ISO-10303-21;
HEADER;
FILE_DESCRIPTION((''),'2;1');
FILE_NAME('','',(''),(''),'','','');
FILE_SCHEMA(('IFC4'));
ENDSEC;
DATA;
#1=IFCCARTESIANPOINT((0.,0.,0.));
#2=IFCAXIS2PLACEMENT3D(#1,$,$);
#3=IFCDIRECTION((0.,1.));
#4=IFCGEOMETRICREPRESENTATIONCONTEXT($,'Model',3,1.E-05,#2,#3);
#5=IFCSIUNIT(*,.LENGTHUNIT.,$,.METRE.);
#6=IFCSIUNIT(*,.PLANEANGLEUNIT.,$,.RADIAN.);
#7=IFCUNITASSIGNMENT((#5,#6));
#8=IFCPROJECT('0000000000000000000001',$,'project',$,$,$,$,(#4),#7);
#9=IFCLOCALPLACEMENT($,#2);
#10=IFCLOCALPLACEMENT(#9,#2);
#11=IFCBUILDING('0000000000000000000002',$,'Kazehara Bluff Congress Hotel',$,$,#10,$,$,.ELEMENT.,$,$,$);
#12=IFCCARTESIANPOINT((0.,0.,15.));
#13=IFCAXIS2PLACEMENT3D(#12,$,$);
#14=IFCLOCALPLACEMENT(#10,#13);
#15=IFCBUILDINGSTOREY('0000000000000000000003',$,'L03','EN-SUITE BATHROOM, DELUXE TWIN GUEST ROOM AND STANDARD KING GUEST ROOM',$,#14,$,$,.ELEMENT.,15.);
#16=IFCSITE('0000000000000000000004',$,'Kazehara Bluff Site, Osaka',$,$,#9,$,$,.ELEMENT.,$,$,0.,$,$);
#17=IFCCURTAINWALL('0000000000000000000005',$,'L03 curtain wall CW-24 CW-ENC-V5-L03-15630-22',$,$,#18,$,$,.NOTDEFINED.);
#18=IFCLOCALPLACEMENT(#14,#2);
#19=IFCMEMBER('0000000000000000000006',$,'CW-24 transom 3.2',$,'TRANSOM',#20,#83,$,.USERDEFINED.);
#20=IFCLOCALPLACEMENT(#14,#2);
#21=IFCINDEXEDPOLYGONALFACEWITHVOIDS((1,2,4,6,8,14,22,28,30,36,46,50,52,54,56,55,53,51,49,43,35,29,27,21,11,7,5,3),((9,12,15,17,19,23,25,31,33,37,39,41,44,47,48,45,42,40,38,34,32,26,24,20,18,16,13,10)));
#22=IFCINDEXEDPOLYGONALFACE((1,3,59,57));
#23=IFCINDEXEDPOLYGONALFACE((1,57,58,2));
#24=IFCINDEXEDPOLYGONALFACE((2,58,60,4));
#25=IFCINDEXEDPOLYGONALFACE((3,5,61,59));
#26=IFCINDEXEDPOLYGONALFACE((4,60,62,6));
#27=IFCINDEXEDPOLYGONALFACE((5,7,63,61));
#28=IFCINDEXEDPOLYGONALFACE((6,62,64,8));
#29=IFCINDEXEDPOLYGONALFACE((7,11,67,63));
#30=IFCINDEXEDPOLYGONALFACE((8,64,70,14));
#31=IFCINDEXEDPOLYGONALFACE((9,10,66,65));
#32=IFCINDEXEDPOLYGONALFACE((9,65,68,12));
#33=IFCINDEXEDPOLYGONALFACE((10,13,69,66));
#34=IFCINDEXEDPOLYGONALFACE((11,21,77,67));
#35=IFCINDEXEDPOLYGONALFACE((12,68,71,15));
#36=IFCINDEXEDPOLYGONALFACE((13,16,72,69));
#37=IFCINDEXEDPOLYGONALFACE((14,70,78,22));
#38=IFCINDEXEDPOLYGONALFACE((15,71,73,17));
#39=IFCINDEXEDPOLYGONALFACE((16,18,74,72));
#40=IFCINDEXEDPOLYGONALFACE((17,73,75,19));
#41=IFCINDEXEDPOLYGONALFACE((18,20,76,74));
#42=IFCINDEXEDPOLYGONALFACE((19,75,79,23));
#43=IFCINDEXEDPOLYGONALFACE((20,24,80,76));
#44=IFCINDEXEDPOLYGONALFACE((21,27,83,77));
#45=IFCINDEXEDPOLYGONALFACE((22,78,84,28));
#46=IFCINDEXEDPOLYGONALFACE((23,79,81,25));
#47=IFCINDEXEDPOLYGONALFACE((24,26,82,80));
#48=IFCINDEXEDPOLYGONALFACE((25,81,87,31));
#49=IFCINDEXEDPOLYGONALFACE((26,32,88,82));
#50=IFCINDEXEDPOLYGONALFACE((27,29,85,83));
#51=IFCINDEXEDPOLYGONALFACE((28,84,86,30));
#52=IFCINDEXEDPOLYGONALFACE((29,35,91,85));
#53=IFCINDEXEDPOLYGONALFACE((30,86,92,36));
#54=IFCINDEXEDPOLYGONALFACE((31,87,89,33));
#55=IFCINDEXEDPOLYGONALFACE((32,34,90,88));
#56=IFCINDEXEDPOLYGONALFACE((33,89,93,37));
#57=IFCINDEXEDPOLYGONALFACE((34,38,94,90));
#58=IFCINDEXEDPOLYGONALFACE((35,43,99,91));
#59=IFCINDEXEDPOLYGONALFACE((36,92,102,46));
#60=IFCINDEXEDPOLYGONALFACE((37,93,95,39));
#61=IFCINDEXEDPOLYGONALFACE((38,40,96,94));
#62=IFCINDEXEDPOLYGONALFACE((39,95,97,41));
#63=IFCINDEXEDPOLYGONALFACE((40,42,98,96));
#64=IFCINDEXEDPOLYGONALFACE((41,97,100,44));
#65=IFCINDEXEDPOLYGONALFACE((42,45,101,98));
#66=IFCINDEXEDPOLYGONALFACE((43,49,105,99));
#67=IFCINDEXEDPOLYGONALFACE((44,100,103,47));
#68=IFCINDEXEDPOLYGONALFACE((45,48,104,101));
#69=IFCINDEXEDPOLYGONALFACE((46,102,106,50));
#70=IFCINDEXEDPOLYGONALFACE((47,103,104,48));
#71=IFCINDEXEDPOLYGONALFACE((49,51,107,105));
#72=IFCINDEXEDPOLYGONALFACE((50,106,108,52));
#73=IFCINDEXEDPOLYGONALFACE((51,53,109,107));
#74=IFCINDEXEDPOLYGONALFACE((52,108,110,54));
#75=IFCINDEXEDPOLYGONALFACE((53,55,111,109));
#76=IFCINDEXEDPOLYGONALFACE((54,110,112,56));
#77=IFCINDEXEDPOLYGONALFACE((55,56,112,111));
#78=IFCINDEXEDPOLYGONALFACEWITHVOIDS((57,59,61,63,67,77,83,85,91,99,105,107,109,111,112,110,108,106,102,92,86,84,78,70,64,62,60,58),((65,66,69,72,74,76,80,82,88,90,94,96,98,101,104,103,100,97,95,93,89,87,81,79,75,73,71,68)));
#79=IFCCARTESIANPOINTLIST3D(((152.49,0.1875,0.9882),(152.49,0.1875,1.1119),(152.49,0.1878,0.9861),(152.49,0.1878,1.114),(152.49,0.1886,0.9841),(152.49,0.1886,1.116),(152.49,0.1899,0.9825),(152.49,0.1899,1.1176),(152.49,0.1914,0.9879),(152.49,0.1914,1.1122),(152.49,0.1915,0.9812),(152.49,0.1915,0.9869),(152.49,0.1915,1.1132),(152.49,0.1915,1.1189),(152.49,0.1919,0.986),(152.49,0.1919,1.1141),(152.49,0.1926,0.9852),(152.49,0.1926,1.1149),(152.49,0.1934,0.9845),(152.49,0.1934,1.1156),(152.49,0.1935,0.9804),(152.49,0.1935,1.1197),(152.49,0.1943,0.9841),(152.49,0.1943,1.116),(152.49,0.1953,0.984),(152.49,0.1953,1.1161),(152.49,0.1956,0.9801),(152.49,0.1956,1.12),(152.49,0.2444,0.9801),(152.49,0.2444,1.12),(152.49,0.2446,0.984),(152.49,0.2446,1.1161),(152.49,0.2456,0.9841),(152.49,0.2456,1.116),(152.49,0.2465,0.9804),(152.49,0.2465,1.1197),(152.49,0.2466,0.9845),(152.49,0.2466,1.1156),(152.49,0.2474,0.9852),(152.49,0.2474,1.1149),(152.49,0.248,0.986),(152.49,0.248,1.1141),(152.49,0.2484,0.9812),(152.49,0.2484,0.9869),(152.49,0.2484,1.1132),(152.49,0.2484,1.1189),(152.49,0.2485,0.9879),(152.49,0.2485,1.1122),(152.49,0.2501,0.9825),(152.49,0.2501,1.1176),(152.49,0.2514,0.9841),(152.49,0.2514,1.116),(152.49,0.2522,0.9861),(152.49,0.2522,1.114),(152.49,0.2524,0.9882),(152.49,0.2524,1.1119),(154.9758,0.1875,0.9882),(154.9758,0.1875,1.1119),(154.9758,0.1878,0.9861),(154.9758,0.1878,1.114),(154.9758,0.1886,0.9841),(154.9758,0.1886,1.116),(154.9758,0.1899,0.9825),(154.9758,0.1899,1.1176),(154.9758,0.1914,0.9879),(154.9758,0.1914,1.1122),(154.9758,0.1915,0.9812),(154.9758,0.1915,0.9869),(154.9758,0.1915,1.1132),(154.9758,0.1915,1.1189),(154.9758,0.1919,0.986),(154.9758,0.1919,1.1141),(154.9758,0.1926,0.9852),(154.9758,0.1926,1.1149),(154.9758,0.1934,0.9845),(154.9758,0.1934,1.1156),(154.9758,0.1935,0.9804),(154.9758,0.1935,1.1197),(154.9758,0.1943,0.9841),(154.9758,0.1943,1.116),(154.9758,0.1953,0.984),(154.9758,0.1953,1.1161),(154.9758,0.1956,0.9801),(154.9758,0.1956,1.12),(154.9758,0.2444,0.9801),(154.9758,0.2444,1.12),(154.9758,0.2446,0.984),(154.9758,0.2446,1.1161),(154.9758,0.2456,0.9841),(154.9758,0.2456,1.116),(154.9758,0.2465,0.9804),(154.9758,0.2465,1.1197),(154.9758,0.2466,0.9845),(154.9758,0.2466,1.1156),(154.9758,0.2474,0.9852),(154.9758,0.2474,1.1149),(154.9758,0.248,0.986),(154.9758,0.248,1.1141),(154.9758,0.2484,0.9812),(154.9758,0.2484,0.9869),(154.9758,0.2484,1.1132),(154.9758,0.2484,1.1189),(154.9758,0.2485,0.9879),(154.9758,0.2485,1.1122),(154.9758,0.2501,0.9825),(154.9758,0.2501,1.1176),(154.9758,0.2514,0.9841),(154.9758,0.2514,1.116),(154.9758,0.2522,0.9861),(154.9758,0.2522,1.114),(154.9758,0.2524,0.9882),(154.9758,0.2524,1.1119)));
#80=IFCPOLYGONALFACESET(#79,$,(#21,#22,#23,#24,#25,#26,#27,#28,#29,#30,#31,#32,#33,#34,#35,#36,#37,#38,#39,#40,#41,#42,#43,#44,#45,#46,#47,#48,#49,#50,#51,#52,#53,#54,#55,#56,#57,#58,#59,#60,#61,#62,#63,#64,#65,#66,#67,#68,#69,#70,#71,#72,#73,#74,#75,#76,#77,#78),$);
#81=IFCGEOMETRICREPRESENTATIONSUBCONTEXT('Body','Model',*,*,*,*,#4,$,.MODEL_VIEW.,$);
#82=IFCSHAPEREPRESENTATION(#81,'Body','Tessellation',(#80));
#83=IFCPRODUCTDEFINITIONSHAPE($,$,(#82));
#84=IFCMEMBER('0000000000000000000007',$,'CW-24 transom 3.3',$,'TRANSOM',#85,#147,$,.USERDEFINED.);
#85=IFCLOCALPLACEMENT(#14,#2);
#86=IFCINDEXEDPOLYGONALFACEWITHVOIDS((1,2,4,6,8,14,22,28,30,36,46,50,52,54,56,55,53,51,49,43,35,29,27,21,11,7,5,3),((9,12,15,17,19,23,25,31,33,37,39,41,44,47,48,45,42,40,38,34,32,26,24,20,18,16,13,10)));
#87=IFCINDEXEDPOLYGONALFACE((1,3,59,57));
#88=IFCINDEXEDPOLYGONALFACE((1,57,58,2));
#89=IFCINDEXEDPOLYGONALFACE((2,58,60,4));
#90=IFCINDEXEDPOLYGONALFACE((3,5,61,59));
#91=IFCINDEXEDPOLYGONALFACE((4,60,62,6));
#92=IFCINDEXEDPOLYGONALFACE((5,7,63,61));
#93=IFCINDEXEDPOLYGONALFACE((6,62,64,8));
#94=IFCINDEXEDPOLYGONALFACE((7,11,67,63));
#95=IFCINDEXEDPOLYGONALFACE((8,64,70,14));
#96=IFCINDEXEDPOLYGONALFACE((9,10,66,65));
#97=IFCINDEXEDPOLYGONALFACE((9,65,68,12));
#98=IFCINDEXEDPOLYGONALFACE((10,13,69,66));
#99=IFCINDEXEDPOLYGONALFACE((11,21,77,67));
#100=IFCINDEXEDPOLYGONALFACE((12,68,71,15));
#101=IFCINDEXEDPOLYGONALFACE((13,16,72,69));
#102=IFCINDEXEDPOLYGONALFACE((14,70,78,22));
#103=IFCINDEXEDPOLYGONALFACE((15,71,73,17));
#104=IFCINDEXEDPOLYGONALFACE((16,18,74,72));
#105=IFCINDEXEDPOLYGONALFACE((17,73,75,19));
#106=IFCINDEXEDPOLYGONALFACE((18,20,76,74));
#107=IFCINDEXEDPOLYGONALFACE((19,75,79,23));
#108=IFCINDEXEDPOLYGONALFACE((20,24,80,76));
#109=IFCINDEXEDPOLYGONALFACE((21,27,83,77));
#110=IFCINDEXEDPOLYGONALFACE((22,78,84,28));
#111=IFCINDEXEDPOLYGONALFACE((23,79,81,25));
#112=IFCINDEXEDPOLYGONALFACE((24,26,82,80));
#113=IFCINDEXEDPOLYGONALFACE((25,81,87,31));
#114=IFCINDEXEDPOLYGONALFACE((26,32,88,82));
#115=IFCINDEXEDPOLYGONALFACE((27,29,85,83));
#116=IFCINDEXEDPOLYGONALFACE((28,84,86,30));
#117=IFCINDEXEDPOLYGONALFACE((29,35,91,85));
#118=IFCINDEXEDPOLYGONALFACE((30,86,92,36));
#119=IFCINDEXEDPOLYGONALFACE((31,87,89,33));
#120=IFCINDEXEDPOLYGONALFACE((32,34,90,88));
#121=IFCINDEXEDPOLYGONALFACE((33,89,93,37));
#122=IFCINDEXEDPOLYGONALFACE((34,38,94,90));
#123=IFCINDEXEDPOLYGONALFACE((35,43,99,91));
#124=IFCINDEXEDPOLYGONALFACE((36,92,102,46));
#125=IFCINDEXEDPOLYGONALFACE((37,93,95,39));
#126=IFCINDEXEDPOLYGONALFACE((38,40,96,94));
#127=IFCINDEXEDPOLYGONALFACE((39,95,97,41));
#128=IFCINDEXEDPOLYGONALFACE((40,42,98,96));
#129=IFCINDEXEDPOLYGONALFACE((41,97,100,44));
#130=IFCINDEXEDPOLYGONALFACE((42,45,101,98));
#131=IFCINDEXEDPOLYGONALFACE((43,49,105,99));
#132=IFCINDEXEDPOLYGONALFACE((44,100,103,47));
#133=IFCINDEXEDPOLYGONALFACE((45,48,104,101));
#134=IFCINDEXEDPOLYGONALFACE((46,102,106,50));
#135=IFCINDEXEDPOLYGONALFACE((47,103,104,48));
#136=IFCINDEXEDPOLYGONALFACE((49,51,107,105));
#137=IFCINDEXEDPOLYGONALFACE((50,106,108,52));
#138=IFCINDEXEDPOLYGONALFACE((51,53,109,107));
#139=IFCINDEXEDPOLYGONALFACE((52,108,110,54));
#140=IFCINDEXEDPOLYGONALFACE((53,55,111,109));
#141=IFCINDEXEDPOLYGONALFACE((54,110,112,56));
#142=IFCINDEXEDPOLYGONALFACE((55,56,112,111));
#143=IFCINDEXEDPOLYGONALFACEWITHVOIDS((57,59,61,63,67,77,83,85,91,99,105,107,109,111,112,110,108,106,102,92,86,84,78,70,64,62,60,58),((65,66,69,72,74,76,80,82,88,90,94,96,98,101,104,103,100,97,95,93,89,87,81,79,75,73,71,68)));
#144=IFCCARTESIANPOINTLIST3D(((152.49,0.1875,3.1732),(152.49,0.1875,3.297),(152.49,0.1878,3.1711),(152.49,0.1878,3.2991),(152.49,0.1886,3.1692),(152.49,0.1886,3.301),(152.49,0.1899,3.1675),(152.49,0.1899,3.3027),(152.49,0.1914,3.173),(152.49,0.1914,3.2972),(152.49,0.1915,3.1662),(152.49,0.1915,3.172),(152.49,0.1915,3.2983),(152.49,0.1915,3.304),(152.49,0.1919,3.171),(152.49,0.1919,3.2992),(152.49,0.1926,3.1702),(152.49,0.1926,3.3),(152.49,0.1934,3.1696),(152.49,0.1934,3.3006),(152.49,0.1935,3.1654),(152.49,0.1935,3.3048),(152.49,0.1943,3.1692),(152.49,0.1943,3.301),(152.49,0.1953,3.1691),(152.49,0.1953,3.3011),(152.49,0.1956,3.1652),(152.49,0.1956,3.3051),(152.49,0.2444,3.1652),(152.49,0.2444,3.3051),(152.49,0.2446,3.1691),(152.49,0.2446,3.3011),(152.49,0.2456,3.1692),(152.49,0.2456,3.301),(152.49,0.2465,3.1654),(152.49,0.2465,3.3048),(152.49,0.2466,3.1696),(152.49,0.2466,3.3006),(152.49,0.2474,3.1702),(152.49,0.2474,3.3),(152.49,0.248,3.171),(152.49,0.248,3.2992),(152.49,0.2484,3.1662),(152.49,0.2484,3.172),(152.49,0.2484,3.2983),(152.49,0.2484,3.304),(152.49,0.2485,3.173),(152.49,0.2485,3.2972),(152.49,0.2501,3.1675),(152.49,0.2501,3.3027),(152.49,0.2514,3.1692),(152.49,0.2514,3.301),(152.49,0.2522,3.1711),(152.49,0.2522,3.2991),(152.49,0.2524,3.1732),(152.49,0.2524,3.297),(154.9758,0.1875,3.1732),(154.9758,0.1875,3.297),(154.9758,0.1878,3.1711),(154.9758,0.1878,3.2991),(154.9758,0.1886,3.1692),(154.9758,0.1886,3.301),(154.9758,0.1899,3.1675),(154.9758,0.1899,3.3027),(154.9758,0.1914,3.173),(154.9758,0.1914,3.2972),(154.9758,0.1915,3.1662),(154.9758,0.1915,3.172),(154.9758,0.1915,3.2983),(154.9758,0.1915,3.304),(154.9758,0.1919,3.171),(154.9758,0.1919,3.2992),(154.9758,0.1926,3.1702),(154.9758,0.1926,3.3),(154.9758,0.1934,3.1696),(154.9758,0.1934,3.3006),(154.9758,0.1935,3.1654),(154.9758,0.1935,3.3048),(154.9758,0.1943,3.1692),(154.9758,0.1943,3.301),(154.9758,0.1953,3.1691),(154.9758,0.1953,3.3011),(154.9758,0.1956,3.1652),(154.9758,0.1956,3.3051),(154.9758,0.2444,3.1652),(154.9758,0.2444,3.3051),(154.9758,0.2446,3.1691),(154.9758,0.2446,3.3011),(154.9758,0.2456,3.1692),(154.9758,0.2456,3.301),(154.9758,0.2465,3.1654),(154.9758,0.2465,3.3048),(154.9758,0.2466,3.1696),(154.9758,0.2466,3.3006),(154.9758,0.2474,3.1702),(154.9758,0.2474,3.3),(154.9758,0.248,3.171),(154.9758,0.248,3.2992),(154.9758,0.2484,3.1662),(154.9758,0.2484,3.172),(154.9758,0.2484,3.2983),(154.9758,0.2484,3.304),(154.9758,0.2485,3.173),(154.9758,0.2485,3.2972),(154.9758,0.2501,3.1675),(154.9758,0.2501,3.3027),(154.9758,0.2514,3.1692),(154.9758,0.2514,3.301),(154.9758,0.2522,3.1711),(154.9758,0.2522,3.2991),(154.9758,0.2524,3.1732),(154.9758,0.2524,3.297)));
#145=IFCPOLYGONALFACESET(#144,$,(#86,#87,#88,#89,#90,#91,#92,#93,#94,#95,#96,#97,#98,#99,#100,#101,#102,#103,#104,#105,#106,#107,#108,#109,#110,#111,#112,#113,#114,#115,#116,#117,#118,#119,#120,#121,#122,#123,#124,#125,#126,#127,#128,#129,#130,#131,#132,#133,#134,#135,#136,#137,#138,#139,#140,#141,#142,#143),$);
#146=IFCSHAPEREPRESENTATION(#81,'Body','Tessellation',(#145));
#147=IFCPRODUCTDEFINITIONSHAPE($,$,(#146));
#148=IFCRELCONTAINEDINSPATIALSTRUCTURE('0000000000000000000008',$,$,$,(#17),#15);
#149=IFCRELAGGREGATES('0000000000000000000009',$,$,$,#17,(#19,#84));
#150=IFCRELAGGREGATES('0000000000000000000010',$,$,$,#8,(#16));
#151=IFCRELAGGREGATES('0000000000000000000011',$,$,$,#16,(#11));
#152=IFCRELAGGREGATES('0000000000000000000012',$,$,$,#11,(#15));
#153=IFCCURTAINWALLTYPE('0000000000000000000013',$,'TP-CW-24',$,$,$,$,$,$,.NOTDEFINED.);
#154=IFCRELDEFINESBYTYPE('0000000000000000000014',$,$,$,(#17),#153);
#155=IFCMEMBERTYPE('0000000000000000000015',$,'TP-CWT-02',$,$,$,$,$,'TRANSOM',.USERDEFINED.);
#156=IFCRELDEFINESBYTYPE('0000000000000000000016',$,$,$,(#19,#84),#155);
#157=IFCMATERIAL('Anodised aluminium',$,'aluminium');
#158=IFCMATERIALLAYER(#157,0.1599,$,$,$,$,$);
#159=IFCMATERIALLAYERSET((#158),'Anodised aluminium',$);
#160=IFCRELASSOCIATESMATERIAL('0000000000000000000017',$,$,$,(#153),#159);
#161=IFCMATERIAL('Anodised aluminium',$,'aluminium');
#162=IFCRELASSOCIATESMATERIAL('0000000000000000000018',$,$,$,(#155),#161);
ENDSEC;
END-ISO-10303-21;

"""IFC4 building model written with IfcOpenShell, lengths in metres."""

from ifc_helpers import new_model, si_unit, direction, frame, origin, origin_2d, place, context, subcontext, project, spatial, hollow_rectangle, extrude, material, layer, layer_set, material_profile, profile_set, type_object, element, aggregate, save


model = new_model("IFC4")

# Units and contexts
model_context = context("Model", 3, precision=1e-05, world=origin(), true_north=direction((0.0, 1.0)))
body_context = subcontext(model_context, "Body", "Model", "MODEL_VIEW")
ifc_project = project(units=[si_unit("LENGTHUNIT", "METRE"), si_unit("PLANEANGLEUNIT", "RADIAN")], contexts=[model_context])

# Site, building, storey
site_placement = place(None, origin())
site = spatial("IfcSite", under=ifc_project, at=site_placement, Name="Kazehara Bluff Site, Osaka", CompositionType="ELEMENT", RefElevation=0.0)
building_placement = place(site_placement, origin())
building = spatial("IfcBuilding", under=site, at=building_placement, Name="Kazehara Bluff Congress Hotel", CompositionType="ELEMENT")
storey_placement = place(building_placement, frame((0.0, 0.0, 15.0)))
storey = spatial("IfcBuildingStorey", under=building, at=storey_placement, Name="L03", Description="EN-SUITE BATHROOM, DELUXE TWIN GUEST ROOM AND STANDARD KING GUEST ROOM", CompositionType="ELEMENT", Elevation=15.0)

# Curtain wall
ifc_material_1 = material(Name="Anodised aluminium", Category="aluminium")
ifc_layer_1 = layer(ifc_material_1, 0.1599)
ifc_layer_set_1 = layer_set([ifc_layer_1], Name="Anodised aluminium")
curtain_wall_type = type_object("IfcCurtainWallType", Name="TP-CW-24", PredefinedType="NOTDEFINED", material=ifc_layer_set_1)
curtain_wall_1_placement = place(storey_placement, origin())
curtain_wall_1 = element("IfcCurtainWall", 1, at=curtain_wall_1_placement, inside=storey, type_object=curtain_wall_type, Name="L03 curtain wall CW-24 CW-ENC-V5-L03-15630-22", PredefinedType="NOTDEFINED")

# Members
ifc_material_2 = material(Name="Anodised aluminium", Category="aluminium")
ifc_material_profile_1 = material_profile(ifc_material_2, hollow_rectangle(XDim=0.0649, YDim=0.1399, WallThickness=0.0039, InnerFilletRadius=0.0039, OuterFilletRadius=0.0081, at=origin_2d()))
ifc_profile_set_1 = profile_set([ifc_material_profile_1], Name="Anodised aluminium")
member_type_1 = type_object("IfcMemberType", Name="TP-CWT-02", ElementType="TRANSOM", PredefinedType="USERDEFINED", material=ifc_profile_set_1)
member_1_placement = place(storey_placement, frame((154.9758, 0.22, 1.05), z_axis=(-1.0, 0.0, 0.0), x_axis=(0.0, -1.0, 0.0)))
member_1 = element("IfcMember", 2, at=member_1_placement, type_object=member_type_1, Name="CW-24 transom 3.2", ObjectType="TRANSOM", PredefinedType="USERDEFINED", context=body_context, shape_type="SweptSolid", body=[
    extrude(hollow_rectangle(XDim=0.0649, YDim=0.1399, WallThickness=0.0039, InnerFilletRadius=0.0039, OuterFilletRadius=0.0081, at=origin_2d()), origin(), (0.0, 0.0, 1.0), 2.4858),
])
member_2_placement = place(storey_placement, frame((154.9758, 0.22, 3.2351), z_axis=(-1.0, 0.0, 0.0), x_axis=(0.0, -1.0, 0.0)))
member_2 = element("IfcMember", 3, at=member_2_placement, type_object=member_type_1, Name="CW-24 transom 3.3", ObjectType="TRANSOM", PredefinedType="USERDEFINED", context=body_context, shape_type="SweptSolid", body=[
    extrude(hollow_rectangle(XDim=0.0649, YDim=0.1399, WallThickness=0.0039, InnerFilletRadius=0.0039, OuterFilletRadius=0.0081, at=origin_2d()), origin(), (0.0, 0.0, 1.0), 2.4858),
])

aggregate(curtain_wall_1, [member_1, member_2])

save(model, "model.ifc")
